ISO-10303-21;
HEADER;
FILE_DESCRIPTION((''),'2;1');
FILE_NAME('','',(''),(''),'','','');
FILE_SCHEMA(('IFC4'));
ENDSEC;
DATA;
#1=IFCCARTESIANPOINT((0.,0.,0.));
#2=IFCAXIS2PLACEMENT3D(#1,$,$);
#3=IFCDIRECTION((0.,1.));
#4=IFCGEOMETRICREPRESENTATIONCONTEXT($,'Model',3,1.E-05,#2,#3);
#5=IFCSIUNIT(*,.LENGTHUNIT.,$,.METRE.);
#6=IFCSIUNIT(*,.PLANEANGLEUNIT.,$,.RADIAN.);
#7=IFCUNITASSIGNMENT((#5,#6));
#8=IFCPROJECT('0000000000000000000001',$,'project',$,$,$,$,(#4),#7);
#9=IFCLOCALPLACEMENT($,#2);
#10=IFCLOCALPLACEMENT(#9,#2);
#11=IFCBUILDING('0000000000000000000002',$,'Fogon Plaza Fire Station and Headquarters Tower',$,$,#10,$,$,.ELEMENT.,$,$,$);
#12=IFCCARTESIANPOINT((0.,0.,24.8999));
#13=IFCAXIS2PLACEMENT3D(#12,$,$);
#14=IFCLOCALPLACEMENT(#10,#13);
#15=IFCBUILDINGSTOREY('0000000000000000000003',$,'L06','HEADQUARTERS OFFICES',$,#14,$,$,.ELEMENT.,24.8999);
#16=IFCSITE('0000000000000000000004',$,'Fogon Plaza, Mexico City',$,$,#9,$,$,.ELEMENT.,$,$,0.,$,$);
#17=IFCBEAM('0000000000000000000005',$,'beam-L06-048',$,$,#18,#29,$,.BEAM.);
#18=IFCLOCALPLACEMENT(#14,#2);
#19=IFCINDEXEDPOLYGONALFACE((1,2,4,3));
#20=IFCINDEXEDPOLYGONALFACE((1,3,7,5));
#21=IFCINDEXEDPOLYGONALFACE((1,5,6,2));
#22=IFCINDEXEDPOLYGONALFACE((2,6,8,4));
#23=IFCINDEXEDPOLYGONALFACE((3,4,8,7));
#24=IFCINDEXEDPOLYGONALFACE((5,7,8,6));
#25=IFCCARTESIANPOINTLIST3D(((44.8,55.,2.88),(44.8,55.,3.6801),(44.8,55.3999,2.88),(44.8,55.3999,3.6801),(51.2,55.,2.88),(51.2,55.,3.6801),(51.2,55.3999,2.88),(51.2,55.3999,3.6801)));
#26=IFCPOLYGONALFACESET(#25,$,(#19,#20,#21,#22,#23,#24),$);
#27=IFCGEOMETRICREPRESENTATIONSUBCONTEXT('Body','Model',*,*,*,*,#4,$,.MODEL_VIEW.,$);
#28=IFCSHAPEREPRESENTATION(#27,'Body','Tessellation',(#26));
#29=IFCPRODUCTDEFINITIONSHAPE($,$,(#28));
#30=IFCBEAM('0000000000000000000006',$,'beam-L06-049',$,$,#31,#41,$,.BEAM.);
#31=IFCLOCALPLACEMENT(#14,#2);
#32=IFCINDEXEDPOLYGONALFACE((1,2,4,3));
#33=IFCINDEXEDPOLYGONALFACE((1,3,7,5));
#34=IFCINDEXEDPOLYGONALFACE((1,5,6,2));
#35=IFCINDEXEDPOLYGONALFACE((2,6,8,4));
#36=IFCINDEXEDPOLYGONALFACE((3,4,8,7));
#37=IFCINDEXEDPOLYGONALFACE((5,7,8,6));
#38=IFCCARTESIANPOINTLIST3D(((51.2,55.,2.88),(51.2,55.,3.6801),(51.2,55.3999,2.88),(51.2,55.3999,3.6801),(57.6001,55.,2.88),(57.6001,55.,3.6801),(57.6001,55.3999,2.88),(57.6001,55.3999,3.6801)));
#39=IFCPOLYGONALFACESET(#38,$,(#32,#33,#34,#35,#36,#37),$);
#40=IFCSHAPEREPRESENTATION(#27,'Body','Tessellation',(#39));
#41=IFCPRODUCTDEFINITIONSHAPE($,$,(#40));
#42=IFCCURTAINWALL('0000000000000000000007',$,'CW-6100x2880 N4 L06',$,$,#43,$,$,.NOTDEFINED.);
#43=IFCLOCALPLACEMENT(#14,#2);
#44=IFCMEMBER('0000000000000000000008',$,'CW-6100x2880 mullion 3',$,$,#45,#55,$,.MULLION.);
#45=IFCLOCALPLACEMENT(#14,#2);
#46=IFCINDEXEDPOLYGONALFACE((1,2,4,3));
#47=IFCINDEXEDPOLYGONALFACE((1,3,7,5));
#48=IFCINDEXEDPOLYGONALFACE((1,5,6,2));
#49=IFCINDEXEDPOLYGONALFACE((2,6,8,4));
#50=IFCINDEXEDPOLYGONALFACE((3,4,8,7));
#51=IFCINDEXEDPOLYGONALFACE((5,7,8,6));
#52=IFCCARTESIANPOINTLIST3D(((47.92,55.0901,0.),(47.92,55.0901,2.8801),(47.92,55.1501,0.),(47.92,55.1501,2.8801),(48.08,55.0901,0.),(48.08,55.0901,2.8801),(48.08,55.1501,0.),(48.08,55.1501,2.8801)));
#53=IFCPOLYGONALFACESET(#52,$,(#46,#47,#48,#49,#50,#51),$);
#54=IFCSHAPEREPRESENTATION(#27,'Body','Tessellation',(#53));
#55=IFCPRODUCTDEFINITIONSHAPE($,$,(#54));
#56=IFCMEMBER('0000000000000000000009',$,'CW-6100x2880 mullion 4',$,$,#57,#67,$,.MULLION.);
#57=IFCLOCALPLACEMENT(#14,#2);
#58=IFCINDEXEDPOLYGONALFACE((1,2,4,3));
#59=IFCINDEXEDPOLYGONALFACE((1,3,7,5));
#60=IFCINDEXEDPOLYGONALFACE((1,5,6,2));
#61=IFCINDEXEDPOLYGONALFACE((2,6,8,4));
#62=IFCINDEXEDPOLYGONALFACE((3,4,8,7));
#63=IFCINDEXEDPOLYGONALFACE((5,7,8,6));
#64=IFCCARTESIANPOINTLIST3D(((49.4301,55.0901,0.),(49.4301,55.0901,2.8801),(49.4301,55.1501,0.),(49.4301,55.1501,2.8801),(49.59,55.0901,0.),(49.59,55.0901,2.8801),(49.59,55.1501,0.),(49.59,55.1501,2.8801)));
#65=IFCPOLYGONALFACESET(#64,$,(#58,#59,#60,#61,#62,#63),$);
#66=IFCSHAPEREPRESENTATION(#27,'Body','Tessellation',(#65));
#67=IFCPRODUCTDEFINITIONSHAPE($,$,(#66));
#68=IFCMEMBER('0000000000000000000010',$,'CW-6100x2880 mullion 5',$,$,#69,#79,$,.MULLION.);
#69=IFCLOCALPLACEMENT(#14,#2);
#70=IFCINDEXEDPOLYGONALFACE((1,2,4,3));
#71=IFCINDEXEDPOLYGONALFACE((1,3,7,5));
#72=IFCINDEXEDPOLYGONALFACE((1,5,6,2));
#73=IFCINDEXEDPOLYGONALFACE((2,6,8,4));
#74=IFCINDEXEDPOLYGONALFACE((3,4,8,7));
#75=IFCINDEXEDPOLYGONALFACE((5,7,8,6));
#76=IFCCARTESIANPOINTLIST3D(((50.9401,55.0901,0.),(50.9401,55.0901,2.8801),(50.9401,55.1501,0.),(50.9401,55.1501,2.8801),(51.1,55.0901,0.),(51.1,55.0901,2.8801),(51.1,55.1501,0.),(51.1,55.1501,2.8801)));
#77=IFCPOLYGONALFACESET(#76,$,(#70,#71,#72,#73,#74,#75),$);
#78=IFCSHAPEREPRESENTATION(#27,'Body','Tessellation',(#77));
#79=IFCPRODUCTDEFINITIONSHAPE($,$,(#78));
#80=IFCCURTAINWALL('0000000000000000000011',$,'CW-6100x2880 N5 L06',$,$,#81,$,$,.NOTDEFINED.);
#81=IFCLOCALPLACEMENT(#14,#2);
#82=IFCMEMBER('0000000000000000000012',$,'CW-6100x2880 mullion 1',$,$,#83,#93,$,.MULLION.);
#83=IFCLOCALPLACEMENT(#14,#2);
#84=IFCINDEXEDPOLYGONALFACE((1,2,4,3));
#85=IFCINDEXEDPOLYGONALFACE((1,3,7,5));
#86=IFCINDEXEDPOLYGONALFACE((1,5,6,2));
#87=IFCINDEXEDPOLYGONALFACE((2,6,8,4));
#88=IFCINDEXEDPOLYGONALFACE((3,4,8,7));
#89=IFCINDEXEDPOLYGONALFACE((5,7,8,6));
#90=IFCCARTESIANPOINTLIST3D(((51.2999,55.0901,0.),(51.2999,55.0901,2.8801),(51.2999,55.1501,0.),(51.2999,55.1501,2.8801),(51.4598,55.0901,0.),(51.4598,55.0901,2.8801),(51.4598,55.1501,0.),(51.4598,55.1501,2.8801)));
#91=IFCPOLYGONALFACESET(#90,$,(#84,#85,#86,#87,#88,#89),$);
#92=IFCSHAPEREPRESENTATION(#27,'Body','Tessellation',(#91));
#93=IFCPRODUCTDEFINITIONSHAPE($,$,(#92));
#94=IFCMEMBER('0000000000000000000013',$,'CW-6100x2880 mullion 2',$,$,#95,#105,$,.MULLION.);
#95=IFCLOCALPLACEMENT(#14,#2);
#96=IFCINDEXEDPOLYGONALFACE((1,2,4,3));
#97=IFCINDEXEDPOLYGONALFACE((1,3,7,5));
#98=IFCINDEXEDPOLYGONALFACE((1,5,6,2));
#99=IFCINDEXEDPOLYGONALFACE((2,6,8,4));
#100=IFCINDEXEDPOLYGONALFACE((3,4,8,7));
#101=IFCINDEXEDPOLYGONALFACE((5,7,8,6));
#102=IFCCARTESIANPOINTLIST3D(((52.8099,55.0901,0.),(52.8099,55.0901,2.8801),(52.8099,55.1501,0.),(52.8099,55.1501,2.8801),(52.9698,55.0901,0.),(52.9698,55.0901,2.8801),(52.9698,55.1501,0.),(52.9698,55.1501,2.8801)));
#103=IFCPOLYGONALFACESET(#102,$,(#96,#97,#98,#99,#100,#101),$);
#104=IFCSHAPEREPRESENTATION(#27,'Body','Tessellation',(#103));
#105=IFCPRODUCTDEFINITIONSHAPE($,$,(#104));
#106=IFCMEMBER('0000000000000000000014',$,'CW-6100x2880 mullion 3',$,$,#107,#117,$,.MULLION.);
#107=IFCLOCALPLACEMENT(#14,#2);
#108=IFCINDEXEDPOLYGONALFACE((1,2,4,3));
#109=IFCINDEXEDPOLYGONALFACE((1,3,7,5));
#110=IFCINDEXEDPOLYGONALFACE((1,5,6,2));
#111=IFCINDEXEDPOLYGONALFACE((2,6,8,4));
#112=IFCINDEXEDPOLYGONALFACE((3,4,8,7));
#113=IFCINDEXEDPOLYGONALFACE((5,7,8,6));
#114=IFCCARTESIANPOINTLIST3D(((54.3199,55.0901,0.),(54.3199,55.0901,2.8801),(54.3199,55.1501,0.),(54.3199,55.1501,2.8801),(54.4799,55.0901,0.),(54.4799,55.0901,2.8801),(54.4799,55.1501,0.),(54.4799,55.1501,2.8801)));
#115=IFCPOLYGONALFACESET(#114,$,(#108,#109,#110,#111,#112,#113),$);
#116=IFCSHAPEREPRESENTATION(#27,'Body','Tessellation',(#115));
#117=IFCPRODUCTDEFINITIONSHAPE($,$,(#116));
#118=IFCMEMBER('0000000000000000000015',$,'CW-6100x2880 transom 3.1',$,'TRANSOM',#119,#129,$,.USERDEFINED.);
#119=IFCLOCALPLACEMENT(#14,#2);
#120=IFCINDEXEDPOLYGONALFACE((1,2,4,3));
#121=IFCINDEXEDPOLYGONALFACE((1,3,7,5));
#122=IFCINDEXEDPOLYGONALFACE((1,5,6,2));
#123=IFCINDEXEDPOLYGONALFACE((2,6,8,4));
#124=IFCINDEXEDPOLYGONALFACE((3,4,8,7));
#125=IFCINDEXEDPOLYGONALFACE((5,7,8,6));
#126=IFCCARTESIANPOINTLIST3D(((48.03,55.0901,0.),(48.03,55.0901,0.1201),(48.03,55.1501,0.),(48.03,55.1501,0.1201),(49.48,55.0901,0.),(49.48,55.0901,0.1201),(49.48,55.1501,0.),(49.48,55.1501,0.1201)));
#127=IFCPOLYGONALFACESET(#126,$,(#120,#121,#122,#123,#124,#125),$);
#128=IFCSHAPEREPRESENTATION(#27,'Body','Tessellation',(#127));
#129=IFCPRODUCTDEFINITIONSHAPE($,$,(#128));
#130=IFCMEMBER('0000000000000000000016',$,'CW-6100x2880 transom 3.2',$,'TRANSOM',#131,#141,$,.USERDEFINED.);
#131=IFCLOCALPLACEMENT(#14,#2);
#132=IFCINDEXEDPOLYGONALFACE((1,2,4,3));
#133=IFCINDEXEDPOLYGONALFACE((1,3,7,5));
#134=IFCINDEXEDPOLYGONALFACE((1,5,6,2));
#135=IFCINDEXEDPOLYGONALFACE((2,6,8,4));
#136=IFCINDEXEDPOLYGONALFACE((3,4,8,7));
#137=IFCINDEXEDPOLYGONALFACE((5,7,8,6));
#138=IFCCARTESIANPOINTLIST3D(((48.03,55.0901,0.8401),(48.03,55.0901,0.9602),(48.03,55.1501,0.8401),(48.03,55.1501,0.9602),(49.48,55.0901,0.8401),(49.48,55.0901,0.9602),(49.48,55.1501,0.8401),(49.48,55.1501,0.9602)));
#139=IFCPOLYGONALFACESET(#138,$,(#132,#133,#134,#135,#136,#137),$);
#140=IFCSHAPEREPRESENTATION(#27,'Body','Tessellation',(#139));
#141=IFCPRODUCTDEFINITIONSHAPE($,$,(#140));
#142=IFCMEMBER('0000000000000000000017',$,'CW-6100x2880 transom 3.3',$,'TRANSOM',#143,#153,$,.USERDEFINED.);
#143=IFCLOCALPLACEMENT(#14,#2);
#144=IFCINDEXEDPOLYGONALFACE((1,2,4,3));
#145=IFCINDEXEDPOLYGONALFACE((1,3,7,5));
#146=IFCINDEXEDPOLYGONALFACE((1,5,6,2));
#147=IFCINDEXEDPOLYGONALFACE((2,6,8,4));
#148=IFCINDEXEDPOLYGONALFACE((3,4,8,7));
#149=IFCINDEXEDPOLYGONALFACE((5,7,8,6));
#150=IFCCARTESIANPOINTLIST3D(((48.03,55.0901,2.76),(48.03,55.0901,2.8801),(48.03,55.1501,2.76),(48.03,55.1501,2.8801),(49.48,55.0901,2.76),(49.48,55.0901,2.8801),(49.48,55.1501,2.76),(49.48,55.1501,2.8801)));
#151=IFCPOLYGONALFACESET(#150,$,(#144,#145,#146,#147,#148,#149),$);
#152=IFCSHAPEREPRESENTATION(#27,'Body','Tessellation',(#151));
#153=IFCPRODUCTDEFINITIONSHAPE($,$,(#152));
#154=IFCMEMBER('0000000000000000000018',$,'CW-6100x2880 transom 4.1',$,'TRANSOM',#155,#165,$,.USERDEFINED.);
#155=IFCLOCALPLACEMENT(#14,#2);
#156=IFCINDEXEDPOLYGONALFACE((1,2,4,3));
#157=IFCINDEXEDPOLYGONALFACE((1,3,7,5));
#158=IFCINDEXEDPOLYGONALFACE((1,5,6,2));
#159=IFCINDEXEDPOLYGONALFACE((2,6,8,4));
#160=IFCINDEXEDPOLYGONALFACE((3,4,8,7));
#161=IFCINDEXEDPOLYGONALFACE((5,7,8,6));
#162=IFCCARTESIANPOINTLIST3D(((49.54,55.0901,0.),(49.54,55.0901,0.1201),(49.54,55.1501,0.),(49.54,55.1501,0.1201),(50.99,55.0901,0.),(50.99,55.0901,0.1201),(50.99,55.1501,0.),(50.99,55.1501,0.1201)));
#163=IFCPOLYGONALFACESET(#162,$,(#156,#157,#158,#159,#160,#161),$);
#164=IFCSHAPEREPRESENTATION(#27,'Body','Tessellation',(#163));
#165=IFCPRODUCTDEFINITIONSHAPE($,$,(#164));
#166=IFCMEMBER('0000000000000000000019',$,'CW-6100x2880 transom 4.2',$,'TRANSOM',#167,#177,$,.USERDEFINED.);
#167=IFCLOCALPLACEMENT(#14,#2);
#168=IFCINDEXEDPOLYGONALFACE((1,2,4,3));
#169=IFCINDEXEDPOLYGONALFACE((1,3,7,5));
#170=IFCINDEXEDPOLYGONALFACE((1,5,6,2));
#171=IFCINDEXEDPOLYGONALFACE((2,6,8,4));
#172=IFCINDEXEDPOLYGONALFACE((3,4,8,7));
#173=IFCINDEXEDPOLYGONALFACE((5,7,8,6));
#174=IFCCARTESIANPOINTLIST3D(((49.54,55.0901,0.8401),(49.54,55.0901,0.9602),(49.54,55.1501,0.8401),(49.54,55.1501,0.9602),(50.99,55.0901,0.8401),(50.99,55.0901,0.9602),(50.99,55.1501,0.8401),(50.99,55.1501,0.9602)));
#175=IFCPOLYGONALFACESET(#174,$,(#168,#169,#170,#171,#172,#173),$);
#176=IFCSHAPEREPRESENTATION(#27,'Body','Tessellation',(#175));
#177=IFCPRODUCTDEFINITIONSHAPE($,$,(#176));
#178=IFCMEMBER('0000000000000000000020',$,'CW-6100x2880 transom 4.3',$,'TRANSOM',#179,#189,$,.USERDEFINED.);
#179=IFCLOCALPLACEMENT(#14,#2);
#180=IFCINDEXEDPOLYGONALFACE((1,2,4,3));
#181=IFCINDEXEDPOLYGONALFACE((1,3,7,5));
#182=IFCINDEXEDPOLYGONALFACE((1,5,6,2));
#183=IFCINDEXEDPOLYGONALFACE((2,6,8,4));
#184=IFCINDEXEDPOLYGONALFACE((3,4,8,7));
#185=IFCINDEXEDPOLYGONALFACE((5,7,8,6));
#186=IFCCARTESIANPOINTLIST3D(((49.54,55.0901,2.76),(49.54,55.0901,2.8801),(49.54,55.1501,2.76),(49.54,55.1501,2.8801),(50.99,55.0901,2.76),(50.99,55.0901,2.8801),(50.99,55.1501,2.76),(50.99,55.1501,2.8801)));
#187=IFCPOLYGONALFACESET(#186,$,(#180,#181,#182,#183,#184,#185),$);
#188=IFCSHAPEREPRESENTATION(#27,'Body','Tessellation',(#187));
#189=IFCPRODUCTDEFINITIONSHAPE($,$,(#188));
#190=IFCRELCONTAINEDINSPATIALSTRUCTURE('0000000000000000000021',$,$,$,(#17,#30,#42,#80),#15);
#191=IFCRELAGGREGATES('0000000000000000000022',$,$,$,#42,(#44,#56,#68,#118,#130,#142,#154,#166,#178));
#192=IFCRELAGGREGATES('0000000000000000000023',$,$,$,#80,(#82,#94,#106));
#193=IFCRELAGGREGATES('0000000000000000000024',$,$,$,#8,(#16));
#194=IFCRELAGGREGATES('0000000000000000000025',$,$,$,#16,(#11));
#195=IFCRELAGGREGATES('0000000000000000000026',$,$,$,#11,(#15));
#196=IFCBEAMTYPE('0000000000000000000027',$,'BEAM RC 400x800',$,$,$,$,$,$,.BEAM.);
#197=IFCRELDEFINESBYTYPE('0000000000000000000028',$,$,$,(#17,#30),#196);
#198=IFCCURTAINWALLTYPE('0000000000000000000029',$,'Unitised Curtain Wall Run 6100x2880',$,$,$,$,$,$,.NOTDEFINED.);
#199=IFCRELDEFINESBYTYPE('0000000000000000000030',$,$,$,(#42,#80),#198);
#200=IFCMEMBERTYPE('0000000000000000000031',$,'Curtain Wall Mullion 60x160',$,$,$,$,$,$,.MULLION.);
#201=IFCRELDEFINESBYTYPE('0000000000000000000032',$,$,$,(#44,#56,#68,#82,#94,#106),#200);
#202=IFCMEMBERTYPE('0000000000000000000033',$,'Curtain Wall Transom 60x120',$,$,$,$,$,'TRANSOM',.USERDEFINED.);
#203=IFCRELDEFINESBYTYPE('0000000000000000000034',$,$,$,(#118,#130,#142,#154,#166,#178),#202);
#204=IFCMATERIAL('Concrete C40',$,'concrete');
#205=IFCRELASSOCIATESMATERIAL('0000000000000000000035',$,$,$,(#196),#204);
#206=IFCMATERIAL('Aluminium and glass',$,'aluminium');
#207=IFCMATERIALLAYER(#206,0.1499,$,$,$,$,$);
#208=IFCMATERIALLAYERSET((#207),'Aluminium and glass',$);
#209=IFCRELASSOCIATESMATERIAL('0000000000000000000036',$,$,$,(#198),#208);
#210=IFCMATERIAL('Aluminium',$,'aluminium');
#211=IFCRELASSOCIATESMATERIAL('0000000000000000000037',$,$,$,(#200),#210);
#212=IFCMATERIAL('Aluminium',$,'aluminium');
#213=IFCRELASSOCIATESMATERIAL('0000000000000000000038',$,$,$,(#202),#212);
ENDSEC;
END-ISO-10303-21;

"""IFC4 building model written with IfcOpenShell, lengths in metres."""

from ifc_helpers import new_model, si_unit, direction, frame, origin, origin_2d, place, context, subcontext, project, spatial, rectangle, extrude, material, layer, layer_set, material_profile, profile_set, type_object, element, aggregate, save


model = new_model("IFC4")

# Units and contexts
model_context = context("Model", 3, precision=1e-05, world=origin(), true_north=direction((0.0, 1.0)))
body_context = subcontext(model_context, "Body", "Model", "MODEL_VIEW")
ifc_project = project(units=[si_unit("LENGTHUNIT", "METRE"), si_unit("PLANEANGLEUNIT", "RADIAN")], contexts=[model_context])

# Site, building, storey
site_placement = place(None, origin())
site = spatial("IfcSite", under=ifc_project, at=site_placement, Name="Fogon Plaza, Mexico City", CompositionType="ELEMENT", RefElevation=0.0)
building_placement = place(site_placement, origin())
building = spatial("IfcBuilding", under=site, at=building_placement, Name="Fogon Plaza Fire Station and Headquarters Tower", CompositionType="ELEMENT")
storey_placement = place(building_placement, frame((0.0, 0.0, 24.8999)))
storey = spatial("IfcBuildingStorey", under=building, at=storey_placement, Name="L06", Description="HEADQUARTERS OFFICES", CompositionType="ELEMENT", Elevation=24.8999)

# Beams
ifc_material_1 = material(Name="Concrete C40", Category="concrete")
ifc_material_profile_1 = material_profile(ifc_material_1, rectangle(XDim=0.3999, YDim=0.8, at=origin_2d()), Name="RC 400x800")
ifc_profile_set_1 = profile_set([ifc_material_profile_1], Name="Concrete C40")
beam_type = type_object("IfcBeamType", Name="BEAM RC 400x800", PredefinedType="BEAM", material=ifc_profile_set_1)
beam_1_placement = place(storey_placement, frame((44.8, 55.2, 3.28), z_axis=(1.0, 0.0, 0.0), x_axis=(0.0, 1.0, 0.0)))
element("IfcBeam", 1, at=beam_1_placement, inside=storey, type_object=beam_type, Name="beam-L06-048", PredefinedType="BEAM", context=body_context, shape_type="SweptSolid", body=[
    extrude(rectangle(XDim=0.3999, YDim=0.8, at=origin_2d()), origin(), (0.0, 0.0, 1.0), 6.3999),
])
beam_2_placement = place(storey_placement, frame((51.2, 55.2, 3.28), z_axis=(1.0, 0.0, 0.0), x_axis=(0.0, 1.0, 0.0)))
element("IfcBeam", 2, at=beam_2_placement, inside=storey, type_object=beam_type, Name="beam-L06-049", PredefinedType="BEAM", context=body_context, shape_type="SweptSolid", body=[
    extrude(rectangle(XDim=0.3999, YDim=0.8, at=origin_2d()), origin(), (0.0, 0.0, 1.0), 6.4001),
])

# Curtain walls, members
ifc_material_2 = material(Name="Aluminium and glass", Category="aluminium")
ifc_layer_1 = layer(ifc_material_2, 0.1499)
ifc_layer_set_1 = layer_set([ifc_layer_1], Name="Aluminium and glass")
curtain_wall_type = type_object("IfcCurtainWallType", Name="Unitised Curtain Wall Run 6100x2880", PredefinedType="NOTDEFINED", material=ifc_layer_set_1)
curtain_wall_1_placement = place(storey_placement, origin())
curtain_wall_1 = element("IfcCurtainWall", 3, at=curtain_wall_1_placement, inside=storey, type_object=curtain_wall_type, Name="CW-6100x2880 N4 L06", PredefinedType="NOTDEFINED")
ifc_material_3 = material(Name="Aluminium", Category="aluminium")
ifc_material_profile_2 = material_profile(ifc_material_3, rectangle(XDim=0.0601, YDim=0.1599, at=origin_2d()), Name="Curtain Wall Mullion 60x160")
ifc_profile_set_2 = profile_set([ifc_material_profile_2], Name="Aluminium")
member_type_1 = type_object("IfcMemberType", Name="Curtain Wall Mullion 60x160", PredefinedType="MULLION", material=ifc_profile_set_2)
member_1_placement = place(storey_placement, frame((48.0, 55.1201, 0.0), z_axis=(0.0, 0.0, 1.0), x_axis=(0.0, 1.0, 0.0)))
member_1 = element("IfcMember", 4, at=member_1_placement, type_object=member_type_1, Name="CW-6100x2880 mullion 3", PredefinedType="MULLION", context=body_context, shape_type="SweptSolid", body=[
    extrude(rectangle(XDim=0.0601, YDim=0.1599, at=origin_2d()), origin(), (0.0, 0.0, 1.0), 2.8801),
])
member_2_placement = place(storey_placement, frame((49.51, 55.1201, 0.0), z_axis=(0.0, 0.0, 1.0), x_axis=(0.0, 1.0, 0.0)))
member_2 = element("IfcMember", 5, at=member_2_placement, type_object=member_type_1, Name="CW-6100x2880 mullion 4", PredefinedType="MULLION", context=body_context, shape_type="SweptSolid", body=[
    extrude(rectangle(XDim=0.0601, YDim=0.1599, at=origin_2d()), origin(), (0.0, 0.0, 1.0), 2.8801),
])
member_3_placement = place(storey_placement, frame((51.02, 55.1201, 0.0), z_axis=(0.0, 0.0, 1.0), x_axis=(0.0, 1.0, 0.0)))
member_3 = element("IfcMember", 6, at=member_3_placement, type_object=member_type_1, Name="CW-6100x2880 mullion 5", PredefinedType="MULLION", context=body_context, shape_type="SweptSolid", body=[
    extrude(rectangle(XDim=0.0601, YDim=0.1599, at=origin_2d()), origin(), (0.0, 0.0, 1.0), 2.8801),
])
curtain_wall_2_placement = place(storey_placement, origin())
curtain_wall_2 = element("IfcCurtainWall", 7, at=curtain_wall_2_placement, inside=storey, type_object=curtain_wall_type, Name="CW-6100x2880 N5 L06", PredefinedType="NOTDEFINED")
member_4_placement = place(storey_placement, frame((51.3799, 55.1201, 0.0), z_axis=(0.0, 0.0, 1.0), x_axis=(0.0, 1.0, 0.0)))
member_4 = element("IfcMember", 8, at=member_4_placement, type_object=member_type_1, Name="CW-6100x2880 mullion 1", PredefinedType="MULLION", context=body_context, shape_type="SweptSolid", body=[
    extrude(rectangle(XDim=0.0601, YDim=0.1599, at=origin_2d()), origin(), (0.0, 0.0, 1.0), 2.8801),
])
member_5_placement = place(storey_placement, frame((52.8899, 55.1201, 0.0), z_axis=(0.0, 0.0, 1.0), x_axis=(0.0, 1.0, 0.0)))
member_5 = element("IfcMember", 9, at=member_5_placement, type_object=member_type_1, Name="CW-6100x2880 mullion 2", PredefinedType="MULLION", context=body_context, shape_type="SweptSolid", body=[
    extrude(rectangle(XDim=0.0601, YDim=0.1599, at=origin_2d()), origin(), (0.0, 0.0, 1.0), 2.8801),
])
member_6_placement = place(storey_placement, frame((54.3999, 55.1201, 0.0), z_axis=(0.0, 0.0, 1.0), x_axis=(0.0, 1.0, 0.0)))
member_6 = element("IfcMember", 10, at=member_6_placement, type_object=member_type_1, Name="CW-6100x2880 mullion 3", PredefinedType="MULLION", context=body_context, shape_type="SweptSolid", body=[
    extrude(rectangle(XDim=0.0601, YDim=0.1599, at=origin_2d()), origin(), (0.0, 0.0, 1.0), 2.8801),
])

# Members
ifc_material_4 = material(Name="Aluminium", Category="aluminium")
ifc_material_profile_3 = material_profile(ifc_material_4, rectangle(XDim=0.0601, YDim=0.1201, at=origin_2d()), Name="Curtain Wall Transom 60x120")
ifc_profile_set_3 = profile_set([ifc_material_profile_3], Name="Aluminium")
member_type_2 = type_object("IfcMemberType", Name="Curtain Wall Transom 60x120", ElementType="TRANSOM", PredefinedType="USERDEFINED", material=ifc_profile_set_3)
member_7_placement = place(storey_placement, frame((48.03, 55.1201, 0.0601), z_axis=(1.0, 0.0, 0.0), x_axis=(0.0, 1.0, 0.0)))
member_7 = element("IfcMember", 11, at=member_7_placement, type_object=member_type_2, Name="CW-6100x2880 transom 3.1", ObjectType="TRANSOM", PredefinedType="USERDEFINED", context=body_context, shape_type="SweptSolid", body=[
    extrude(rectangle(XDim=0.0601, YDim=0.1201, at=origin_2d()), origin(), (0.0, 0.0, 1.0), 1.45),
])
member_8_placement = place(storey_placement, frame((48.03, 55.1201, 0.9001), z_axis=(1.0, 0.0, 0.0), x_axis=(0.0, 1.0, 0.0)))
member_8 = element("IfcMember", 12, at=member_8_placement, type_object=member_type_2, Name="CW-6100x2880 transom 3.2", ObjectType="TRANSOM", PredefinedType="USERDEFINED", context=body_context, shape_type="SweptSolid", body=[
    extrude(rectangle(XDim=0.0601, YDim=0.1201, at=origin_2d()), origin(), (0.0, 0.0, 1.0), 1.45),
])
member_9_placement = place(storey_placement, frame((48.03, 55.1201, 2.8201), z_axis=(1.0, 0.0, 0.0), x_axis=(0.0, 1.0, 0.0)))
member_9 = element("IfcMember", 13, at=member_9_placement, type_object=member_type_2, Name="CW-6100x2880 transom 3.3", ObjectType="TRANSOM", PredefinedType="USERDEFINED", context=body_context, shape_type="SweptSolid", body=[
    extrude(rectangle(XDim=0.0601, YDim=0.1201, at=origin_2d()), origin(), (0.0, 0.0, 1.0), 1.45),
])
member_10_placement = place(storey_placement, frame((49.54, 55.1201, 0.0601), z_axis=(1.0, 0.0, 0.0), x_axis=(0.0, 1.0, 0.0)))
member_10 = element("IfcMember", 14, at=member_10_placement, type_object=member_type_2, Name="CW-6100x2880 transom 4.1", ObjectType="TRANSOM", PredefinedType="USERDEFINED", context=body_context, shape_type="SweptSolid", body=[
    extrude(rectangle(XDim=0.0601, YDim=0.1201, at=origin_2d()), origin(), (0.0, 0.0, 1.0), 1.45),
])
member_11_placement = place(storey_placement, frame((49.54, 55.1201, 0.9001), z_axis=(1.0, 0.0, 0.0), x_axis=(0.0, 1.0, 0.0)))
member_11 = element("IfcMember", 15, at=member_11_placement, type_object=member_type_2, Name="CW-6100x2880 transom 4.2", ObjectType="TRANSOM", PredefinedType="USERDEFINED", context=body_context, shape_type="SweptSolid", body=[
    extrude(rectangle(XDim=0.0601, YDim=0.1201, at=origin_2d()), origin(), (0.0, 0.0, 1.0), 1.45),
])
member_12_placement = place(storey_placement, frame((49.54, 55.1201, 2.8201), z_axis=(1.0, 0.0, 0.0), x_axis=(0.0, 1.0, 0.0)))
member_12 = element("IfcMember", 16, at=member_12_placement, type_object=member_type_2, Name="CW-6100x2880 transom 4.3", ObjectType="TRANSOM", PredefinedType="USERDEFINED", context=body_context, shape_type="SweptSolid", body=[
    extrude(rectangle(XDim=0.0601, YDim=0.1201, at=origin_2d()), origin(), (0.0, 0.0, 1.0), 1.45),
])

aggregate(curtain_wall_1, [member_1, member_2, member_3, member_7, member_8, member_9, member_10, member_11, member_12])
aggregate(curtain_wall_2, [member_4, member_5, member_6])

save(model, "model.ifc")
